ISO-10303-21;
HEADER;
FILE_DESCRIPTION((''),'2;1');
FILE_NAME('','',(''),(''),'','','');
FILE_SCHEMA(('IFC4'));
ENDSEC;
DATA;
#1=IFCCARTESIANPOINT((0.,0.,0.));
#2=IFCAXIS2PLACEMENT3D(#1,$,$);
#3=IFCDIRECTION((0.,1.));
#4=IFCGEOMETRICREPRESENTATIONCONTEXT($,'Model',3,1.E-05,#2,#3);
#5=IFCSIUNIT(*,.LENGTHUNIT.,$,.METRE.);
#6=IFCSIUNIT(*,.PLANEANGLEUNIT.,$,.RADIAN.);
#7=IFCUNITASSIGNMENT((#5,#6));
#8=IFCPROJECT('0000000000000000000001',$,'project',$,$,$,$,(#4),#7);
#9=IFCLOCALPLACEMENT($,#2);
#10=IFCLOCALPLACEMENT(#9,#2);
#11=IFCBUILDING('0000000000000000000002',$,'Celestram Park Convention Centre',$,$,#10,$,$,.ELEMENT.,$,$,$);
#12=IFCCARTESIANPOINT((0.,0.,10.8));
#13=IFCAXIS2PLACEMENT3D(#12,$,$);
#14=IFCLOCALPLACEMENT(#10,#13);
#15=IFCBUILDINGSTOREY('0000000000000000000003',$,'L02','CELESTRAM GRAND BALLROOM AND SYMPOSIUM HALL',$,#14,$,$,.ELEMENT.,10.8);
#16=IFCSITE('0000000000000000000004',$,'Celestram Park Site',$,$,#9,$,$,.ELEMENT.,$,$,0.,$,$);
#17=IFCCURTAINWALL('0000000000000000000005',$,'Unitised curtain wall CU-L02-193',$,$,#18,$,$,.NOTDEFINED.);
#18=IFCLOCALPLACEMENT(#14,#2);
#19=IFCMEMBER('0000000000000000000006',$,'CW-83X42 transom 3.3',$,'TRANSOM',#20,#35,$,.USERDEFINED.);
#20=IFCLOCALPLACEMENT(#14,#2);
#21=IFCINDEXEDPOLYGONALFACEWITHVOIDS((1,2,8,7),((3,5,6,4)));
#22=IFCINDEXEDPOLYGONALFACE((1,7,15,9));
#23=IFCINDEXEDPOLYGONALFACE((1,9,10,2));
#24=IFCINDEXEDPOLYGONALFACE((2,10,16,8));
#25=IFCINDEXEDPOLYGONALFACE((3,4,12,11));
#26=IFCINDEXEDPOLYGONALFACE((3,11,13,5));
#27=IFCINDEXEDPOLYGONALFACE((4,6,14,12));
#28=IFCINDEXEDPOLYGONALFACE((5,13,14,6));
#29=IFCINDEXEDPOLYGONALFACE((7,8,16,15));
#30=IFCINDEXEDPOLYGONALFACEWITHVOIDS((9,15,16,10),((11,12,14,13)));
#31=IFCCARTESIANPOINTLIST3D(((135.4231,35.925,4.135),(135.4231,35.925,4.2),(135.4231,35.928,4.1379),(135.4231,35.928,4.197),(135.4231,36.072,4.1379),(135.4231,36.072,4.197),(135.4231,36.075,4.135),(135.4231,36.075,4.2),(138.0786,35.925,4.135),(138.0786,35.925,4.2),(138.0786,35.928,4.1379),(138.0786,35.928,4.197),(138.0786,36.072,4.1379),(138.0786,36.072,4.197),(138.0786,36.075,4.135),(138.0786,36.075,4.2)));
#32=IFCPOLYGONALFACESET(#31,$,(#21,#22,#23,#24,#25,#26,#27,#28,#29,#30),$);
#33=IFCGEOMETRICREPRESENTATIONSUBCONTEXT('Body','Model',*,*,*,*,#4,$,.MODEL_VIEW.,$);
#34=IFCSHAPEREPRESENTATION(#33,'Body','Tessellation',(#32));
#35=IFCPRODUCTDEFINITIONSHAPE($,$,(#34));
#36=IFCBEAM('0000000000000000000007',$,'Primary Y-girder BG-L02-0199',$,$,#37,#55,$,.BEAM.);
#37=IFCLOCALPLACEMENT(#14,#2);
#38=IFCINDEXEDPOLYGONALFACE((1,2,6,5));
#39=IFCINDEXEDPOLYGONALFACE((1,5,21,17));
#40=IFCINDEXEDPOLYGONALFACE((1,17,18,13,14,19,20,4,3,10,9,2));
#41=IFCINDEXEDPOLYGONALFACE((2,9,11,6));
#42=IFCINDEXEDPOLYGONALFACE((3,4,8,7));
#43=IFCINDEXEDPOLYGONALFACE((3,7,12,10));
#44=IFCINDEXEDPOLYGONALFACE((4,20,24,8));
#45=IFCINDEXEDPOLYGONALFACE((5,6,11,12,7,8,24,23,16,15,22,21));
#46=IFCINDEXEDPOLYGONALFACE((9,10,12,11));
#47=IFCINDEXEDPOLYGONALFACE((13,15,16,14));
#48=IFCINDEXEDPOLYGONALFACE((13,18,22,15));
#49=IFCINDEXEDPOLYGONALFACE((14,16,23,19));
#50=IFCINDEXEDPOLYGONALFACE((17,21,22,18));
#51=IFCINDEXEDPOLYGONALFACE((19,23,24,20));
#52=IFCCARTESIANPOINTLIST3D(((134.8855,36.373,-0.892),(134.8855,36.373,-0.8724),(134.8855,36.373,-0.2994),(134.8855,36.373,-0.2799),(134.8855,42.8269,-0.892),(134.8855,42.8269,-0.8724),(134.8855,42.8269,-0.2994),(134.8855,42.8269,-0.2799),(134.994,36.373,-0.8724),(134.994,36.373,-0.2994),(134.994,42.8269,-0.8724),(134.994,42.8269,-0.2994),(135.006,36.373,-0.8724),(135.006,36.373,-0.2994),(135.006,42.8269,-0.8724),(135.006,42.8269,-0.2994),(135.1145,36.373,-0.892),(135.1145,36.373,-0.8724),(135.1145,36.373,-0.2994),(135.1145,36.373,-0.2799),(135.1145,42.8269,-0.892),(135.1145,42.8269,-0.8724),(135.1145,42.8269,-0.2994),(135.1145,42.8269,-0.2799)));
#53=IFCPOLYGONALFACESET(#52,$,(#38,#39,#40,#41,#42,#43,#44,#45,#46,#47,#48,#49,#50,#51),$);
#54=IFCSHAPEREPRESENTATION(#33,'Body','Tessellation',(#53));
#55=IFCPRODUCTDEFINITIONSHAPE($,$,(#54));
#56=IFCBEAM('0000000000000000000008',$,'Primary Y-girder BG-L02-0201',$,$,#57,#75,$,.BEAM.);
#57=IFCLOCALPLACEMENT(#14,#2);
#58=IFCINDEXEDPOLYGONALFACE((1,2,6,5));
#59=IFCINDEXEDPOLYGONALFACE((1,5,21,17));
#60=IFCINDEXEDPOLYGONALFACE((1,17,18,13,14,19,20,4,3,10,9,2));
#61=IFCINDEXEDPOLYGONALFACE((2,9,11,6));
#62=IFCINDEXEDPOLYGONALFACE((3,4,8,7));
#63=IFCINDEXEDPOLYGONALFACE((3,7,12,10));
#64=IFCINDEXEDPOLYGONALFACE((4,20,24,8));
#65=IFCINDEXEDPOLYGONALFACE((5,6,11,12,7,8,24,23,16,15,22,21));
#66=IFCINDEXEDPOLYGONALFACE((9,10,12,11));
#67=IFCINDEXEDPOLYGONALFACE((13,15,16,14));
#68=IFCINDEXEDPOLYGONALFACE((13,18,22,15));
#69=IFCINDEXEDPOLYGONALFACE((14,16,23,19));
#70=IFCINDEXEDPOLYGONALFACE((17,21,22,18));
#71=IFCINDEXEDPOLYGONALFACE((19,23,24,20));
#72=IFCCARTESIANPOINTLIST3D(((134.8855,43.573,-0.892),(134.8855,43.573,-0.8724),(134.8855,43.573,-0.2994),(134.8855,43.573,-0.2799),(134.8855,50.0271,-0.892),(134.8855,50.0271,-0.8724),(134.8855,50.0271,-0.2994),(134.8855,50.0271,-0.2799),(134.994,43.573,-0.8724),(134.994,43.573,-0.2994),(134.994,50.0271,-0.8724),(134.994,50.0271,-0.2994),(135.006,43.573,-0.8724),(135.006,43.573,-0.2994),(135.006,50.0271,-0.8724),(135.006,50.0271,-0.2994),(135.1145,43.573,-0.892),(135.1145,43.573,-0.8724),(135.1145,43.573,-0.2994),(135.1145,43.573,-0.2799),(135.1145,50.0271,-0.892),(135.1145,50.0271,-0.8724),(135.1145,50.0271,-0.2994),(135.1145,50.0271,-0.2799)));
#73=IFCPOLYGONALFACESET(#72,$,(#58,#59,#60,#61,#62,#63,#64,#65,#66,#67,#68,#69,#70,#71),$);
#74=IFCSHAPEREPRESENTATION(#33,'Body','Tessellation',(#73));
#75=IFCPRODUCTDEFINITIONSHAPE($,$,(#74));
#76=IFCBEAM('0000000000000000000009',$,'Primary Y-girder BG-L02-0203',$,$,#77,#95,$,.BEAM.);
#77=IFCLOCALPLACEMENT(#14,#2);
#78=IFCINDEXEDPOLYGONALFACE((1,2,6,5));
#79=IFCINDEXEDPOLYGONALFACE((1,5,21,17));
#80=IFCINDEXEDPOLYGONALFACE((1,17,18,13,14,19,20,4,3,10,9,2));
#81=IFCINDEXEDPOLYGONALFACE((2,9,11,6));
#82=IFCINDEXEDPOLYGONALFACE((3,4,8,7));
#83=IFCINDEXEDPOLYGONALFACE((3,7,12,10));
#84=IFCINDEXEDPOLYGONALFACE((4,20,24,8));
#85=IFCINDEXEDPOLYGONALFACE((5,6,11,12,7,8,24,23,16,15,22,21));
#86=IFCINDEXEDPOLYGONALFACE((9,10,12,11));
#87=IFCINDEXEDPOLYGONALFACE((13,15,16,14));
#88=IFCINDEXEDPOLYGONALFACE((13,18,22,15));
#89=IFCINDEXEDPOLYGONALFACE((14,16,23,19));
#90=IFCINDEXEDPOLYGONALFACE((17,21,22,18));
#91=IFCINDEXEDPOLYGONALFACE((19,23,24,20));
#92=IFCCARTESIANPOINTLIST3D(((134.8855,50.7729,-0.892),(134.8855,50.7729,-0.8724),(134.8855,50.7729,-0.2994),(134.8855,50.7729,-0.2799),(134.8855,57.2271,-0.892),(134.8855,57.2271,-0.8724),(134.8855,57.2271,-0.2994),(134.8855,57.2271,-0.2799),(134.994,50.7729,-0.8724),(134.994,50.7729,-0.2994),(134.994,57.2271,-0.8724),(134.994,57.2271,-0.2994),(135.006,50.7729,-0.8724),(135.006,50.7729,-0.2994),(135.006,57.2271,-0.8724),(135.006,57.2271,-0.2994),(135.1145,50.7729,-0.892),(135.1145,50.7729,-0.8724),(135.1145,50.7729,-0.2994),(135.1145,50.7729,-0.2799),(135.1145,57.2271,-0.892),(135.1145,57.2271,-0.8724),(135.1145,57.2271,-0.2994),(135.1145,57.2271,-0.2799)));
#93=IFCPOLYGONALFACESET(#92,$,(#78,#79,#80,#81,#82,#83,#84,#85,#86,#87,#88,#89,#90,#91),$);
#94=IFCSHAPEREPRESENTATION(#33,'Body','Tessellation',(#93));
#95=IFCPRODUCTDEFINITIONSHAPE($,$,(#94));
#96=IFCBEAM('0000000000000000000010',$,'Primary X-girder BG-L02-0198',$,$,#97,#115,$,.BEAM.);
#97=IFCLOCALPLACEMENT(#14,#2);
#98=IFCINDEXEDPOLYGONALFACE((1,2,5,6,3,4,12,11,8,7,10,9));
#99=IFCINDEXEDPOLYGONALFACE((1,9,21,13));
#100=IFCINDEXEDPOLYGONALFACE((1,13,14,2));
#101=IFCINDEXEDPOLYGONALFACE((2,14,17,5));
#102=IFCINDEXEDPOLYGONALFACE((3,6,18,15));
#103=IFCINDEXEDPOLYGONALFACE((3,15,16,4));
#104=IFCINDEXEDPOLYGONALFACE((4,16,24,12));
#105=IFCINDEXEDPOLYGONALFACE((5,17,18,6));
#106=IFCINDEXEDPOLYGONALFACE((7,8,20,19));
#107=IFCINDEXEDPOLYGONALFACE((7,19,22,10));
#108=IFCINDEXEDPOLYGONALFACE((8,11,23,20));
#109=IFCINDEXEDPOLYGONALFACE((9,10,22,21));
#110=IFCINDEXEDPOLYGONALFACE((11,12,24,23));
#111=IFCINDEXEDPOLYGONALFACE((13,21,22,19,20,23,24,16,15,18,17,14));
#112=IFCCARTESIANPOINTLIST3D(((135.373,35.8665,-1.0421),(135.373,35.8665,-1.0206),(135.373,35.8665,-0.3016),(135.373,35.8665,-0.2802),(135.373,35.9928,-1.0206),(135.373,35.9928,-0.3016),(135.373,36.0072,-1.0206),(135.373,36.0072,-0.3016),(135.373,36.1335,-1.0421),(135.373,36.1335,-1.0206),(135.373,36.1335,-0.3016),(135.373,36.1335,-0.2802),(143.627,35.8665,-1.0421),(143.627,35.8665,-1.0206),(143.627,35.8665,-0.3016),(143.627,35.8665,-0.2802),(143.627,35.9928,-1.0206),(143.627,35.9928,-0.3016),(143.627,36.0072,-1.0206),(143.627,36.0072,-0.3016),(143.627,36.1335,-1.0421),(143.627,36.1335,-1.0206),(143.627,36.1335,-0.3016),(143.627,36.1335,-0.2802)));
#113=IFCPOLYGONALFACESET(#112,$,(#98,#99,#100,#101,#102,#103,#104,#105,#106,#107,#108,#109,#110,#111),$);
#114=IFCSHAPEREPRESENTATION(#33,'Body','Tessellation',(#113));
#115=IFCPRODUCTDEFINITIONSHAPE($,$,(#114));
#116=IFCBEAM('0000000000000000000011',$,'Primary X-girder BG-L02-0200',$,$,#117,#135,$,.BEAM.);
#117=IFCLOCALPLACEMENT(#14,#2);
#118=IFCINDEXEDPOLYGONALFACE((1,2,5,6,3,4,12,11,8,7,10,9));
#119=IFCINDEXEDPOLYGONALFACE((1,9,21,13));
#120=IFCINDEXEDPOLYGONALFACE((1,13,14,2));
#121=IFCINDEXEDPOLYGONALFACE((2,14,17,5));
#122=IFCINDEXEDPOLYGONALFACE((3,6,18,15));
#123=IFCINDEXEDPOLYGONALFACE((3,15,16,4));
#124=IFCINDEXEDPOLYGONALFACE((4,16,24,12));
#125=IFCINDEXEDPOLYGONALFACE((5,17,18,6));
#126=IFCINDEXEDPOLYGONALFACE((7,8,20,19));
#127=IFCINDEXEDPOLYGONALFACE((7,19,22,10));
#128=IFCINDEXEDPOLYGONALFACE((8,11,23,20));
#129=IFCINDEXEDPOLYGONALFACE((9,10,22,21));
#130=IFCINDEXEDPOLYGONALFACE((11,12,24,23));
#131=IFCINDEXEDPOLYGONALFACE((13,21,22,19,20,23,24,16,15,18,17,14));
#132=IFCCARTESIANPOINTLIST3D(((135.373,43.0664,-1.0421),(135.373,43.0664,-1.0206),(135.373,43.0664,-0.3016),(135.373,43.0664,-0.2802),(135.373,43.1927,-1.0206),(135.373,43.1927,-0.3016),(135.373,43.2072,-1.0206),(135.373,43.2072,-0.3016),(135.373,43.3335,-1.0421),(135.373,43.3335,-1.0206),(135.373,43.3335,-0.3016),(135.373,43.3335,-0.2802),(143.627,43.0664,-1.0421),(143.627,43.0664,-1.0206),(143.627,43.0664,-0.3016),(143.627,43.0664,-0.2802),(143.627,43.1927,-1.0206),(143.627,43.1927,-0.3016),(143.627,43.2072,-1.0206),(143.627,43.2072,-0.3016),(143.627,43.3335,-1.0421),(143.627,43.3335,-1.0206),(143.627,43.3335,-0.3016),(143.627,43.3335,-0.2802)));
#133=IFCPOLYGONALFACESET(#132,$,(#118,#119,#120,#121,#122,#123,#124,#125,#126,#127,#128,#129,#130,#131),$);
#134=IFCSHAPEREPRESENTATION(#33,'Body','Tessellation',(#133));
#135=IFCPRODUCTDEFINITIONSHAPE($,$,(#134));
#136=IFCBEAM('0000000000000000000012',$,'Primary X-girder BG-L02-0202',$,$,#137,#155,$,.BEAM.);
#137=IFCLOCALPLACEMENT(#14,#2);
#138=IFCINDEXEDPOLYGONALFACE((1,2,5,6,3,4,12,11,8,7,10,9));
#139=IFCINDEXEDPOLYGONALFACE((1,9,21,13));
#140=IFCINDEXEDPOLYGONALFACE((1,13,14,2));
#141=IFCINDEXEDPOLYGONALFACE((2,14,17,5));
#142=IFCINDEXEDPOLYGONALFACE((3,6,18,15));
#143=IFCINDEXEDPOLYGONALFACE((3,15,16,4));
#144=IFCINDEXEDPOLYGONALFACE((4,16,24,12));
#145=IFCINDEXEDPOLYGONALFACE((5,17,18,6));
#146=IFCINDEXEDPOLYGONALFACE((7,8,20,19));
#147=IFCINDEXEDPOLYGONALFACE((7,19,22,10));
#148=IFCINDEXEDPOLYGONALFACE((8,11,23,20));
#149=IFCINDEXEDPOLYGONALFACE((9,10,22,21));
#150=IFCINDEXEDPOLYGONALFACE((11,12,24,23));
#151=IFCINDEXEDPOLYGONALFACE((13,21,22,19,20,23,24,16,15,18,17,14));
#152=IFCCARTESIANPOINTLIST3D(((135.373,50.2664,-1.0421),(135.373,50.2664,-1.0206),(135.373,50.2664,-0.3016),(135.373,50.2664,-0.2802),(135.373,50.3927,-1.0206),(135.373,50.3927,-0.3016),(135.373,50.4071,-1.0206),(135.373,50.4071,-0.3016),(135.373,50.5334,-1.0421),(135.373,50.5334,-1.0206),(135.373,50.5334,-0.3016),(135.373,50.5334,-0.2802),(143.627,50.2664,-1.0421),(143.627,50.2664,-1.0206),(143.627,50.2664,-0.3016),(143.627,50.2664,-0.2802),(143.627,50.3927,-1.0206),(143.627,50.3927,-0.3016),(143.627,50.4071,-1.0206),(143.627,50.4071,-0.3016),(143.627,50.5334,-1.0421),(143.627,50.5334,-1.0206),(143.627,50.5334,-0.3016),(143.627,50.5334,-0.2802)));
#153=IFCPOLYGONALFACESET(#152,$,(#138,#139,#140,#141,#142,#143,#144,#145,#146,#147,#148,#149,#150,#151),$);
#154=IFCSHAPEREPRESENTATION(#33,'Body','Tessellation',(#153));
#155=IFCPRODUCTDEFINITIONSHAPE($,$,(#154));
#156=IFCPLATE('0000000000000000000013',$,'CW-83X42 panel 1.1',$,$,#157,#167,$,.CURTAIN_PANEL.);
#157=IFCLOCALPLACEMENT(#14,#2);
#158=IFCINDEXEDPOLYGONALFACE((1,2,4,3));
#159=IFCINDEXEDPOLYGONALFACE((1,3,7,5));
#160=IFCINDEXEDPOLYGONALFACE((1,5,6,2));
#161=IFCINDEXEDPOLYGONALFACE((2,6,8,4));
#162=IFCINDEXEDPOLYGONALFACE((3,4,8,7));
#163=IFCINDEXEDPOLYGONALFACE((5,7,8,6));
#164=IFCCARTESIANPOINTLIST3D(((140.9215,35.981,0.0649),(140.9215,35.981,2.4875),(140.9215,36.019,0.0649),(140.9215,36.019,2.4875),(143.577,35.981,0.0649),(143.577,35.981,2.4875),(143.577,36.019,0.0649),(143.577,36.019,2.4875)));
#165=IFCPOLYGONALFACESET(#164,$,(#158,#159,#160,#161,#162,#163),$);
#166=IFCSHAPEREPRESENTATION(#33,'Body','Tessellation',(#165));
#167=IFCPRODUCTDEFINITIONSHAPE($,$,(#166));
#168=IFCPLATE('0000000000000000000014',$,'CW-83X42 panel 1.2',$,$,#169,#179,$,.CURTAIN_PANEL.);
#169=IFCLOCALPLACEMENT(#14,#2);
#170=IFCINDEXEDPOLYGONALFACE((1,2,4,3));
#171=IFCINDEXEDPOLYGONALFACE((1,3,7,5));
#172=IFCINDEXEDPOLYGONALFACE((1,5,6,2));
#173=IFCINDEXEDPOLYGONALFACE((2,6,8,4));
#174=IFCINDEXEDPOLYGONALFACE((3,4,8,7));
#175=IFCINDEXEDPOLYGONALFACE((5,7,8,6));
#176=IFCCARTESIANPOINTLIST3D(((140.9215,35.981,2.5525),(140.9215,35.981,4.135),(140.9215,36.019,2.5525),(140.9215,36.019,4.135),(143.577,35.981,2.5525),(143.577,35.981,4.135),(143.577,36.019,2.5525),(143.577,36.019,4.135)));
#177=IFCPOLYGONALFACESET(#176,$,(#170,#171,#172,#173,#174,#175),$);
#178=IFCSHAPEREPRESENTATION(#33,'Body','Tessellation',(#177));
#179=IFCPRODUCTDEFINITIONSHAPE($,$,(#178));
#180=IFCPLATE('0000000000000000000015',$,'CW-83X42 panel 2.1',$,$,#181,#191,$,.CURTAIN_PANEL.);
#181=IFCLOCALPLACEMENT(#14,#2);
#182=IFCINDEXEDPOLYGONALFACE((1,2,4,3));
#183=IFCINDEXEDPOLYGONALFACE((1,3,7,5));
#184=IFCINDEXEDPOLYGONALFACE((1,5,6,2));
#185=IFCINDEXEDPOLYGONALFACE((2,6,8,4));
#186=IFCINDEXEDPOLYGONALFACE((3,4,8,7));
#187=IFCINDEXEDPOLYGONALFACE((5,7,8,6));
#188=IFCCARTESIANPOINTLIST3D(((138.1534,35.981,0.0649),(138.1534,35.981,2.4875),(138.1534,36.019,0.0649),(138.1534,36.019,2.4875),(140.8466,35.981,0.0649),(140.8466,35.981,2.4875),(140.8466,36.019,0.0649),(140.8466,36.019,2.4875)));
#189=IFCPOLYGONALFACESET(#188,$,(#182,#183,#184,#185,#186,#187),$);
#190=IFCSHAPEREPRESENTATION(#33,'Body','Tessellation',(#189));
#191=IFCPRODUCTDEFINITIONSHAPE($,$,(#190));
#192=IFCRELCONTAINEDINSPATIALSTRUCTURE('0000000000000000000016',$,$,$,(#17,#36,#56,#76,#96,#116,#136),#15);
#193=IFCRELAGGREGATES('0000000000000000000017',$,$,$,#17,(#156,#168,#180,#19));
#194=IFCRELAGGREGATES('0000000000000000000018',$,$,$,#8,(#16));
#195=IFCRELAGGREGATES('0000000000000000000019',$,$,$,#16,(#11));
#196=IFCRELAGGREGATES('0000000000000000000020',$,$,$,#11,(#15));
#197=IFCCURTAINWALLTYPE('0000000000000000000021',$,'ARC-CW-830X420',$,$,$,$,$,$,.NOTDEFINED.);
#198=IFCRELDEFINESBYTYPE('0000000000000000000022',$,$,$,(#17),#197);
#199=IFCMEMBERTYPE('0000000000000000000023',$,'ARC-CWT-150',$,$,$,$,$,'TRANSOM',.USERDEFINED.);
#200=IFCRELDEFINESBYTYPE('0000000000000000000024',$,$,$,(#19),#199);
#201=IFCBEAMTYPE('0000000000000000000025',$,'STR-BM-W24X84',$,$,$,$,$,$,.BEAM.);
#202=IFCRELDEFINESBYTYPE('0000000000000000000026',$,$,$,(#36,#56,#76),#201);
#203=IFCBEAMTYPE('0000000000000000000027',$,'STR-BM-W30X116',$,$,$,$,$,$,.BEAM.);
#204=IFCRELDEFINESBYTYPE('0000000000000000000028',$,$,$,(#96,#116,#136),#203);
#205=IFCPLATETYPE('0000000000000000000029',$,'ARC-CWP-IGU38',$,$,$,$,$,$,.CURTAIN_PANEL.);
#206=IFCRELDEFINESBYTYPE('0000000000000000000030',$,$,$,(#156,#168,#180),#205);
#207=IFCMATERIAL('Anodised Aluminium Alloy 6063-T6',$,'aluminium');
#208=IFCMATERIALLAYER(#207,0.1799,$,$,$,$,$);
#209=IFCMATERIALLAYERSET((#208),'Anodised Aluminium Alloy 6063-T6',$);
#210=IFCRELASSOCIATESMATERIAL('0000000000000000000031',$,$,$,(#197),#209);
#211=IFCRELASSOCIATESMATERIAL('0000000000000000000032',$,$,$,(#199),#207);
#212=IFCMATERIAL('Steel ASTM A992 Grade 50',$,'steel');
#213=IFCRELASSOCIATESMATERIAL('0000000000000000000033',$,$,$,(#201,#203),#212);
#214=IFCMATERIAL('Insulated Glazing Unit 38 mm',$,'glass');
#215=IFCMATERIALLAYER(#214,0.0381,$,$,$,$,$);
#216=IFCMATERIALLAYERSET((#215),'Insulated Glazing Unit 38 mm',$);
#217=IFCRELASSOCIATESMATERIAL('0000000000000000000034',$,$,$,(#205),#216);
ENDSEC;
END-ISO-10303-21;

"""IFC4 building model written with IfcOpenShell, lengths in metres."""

from ifc_helpers import new_model, si_unit, direction, frame, origin, origin_2d, place, context, subcontext, project, spatial, rectangle, hollow_rectangle, i_section, extrude, material, layer, layer_set, material_profile, profile_set, type_object, element, aggregate, save


model = new_model("IFC4")

# Units and contexts
model_context = context("Model", 3, precision=1e-05, world=origin(), true_north=direction((0.0, 1.0)))
body_context = subcontext(model_context, "Body", "Model", "MODEL_VIEW")
ifc_project = project(units=[si_unit("LENGTHUNIT", "METRE"), si_unit("PLANEANGLEUNIT", "RADIAN")], contexts=[model_context])

# Site, building, storey
site_placement = place(None, origin())
site = spatial("IfcSite", under=ifc_project, at=site_placement, Name="Celestram Park Site", CompositionType="ELEMENT", RefElevation=0.0)
building_placement = place(site_placement, origin())
building = spatial("IfcBuilding", under=site, at=building_placement, Name="Celestram Park Convention Centre", CompositionType="ELEMENT")
storey_placement = place(building_placement, frame((0.0, 0.0, 10.8)))
storey = spatial("IfcBuildingStorey", under=building, at=storey_placement, Name="L02", Description="CELESTRAM GRAND BALLROOM AND SYMPOSIUM HALL", CompositionType="ELEMENT", Elevation=10.8)

# Curtain wall
ifc_material_1 = material(Name="Anodised Aluminium Alloy 6063-T6", Category="aluminium")
ifc_layer_1 = layer(ifc_material_1, 0.1799)
ifc_layer_set_1 = layer_set([ifc_layer_1], Name="Anodised Aluminium Alloy 6063-T6")
curtain_wall_type_1 = type_object("IfcCurtainWallType", Name="ARC-CW-830X420", PredefinedType="NOTDEFINED", material=ifc_layer_set_1)
curtain_wall_1_placement = place(storey_placement, origin())
curtain_wall_1 = element("IfcCurtainWall", 1, at=curtain_wall_1_placement, inside=storey, type_object=curtain_wall_type_1, Name="Unitised curtain wall CU-L02-193", PredefinedType="NOTDEFINED")

# Member
ifc_material_profile_1 = material_profile(ifc_material_1, hollow_rectangle(XDim=0.1499, YDim=0.0649, WallThickness=0.0029, at=origin_2d()), Name="ALU150X65X3")
ifc_profile_set_1 = profile_set([ifc_material_profile_1], Name="Anodised Aluminium Alloy 6063-T6")
member_type_1 = type_object("IfcMemberType", Name="ARC-CWT-150", ElementType="TRANSOM", PredefinedType="USERDEFINED", material=ifc_profile_set_1)
member_1_placement = place(storey_placement, frame((138.0786, 36.0, 4.1675), z_axis=(-1.0, 0.0, 0.0), x_axis=(0.0, -1.0, 0.0)))
member_1 = element("IfcMember", 2, at=member_1_placement, type_object=member_type_1, Name="CW-83X42 transom 3.3", ObjectType="TRANSOM", PredefinedType="USERDEFINED", context=body_context, shape_type="SweptSolid", body=[
    extrude(hollow_rectangle(XDim=0.1499, YDim=0.0649, WallThickness=0.0029, at=origin_2d()), origin(), (0.0, 0.0, 1.0), 2.6555),
])

# Beams
ifc_material_2 = material(Name="Steel ASTM A992 Grade 50", Category="steel")
ifc_material_profile_2 = material_profile(ifc_material_2, i_section(OverallWidth=0.229, OverallDepth=0.6121, WebThickness=0.012, FlangeThickness=0.0195, at=origin_2d()), Name="W24X84")
ifc_profile_set_2 = profile_set([ifc_material_profile_2], Name="Steel ASTM A992 Grade 50")
beam_type_1 = type_object("IfcBeamType", Name="STR-BM-W24X84", PredefinedType="BEAM", material=ifc_profile_set_2)
beam_placement = place(storey_placement, frame((135.0, 36.373, -0.5859), z_axis=(0.0, 1.0, 0.0), x_axis=(-1.0, 0.0, 0.0)))
element("IfcBeam", 3, at=beam_placement, inside=storey, type_object=beam_type_1, Name="Primary Y-girder BG-L02-0199", PredefinedType="BEAM", context=body_context, shape_type="SweptSolid", body=[
    extrude(i_section(OverallWidth=0.229, OverallDepth=0.6121, WebThickness=0.012, FlangeThickness=0.0195, at=origin_2d()), origin(), (0.0, 0.0, 1.0), 6.4539),
])
for number, where, z_axis, x_axis, name in (
    (4, (135.0, 43.573, -0.5859), (0.0, 1.0, 0.0), (-1.0, 0.0, 0.0), "Primary Y-girder BG-L02-0201"),
    (5, (135.0, 50.7729, -0.5859), (0.0, 1.0, 0.0), (-1.0, 0.0, 0.0), "Primary Y-girder BG-L02-0203"),
):
    element("IfcBeam", number, at=place(storey_placement, frame(where, z_axis=z_axis, x_axis=x_axis)), inside=storey, type_object=beam_type_1, Name=name, PredefinedType="BEAM", context=body_context, shape_type="SweptSolid", body=[
        extrude(i_section(OverallWidth=0.229, OverallDepth=0.6121, WebThickness=0.012, FlangeThickness=0.0195, at=origin_2d()), origin(), (0.0, 0.0, 1.0), 6.4541),
    ])
ifc_material_profile_3 = material_profile(ifc_material_2, i_section(OverallWidth=0.2671, OverallDepth=0.762, WebThickness=0.0144, FlangeThickness=0.0215, at=origin_2d()), Name="W30X116")
ifc_profile_set_3 = profile_set([ifc_material_profile_3], Name="Steel ASTM A992 Grade 50")
beam_type_2 = type_object("IfcBeamType", Name="STR-BM-W30X116", PredefinedType="BEAM", material=ifc_profile_set_3)
for number, where, z_axis, x_axis, name in (
    (6, (135.373, 36.0, -0.6611), (1.0, 0.0, 0.0), (0.0, 1.0, 0.0), "Primary X-girder BG-L02-0198"),
    (7, (135.373, 43.2, -0.6611), (1.0, 0.0, 0.0), (0.0, 1.0, 0.0), "Primary X-girder BG-L02-0200"),
    (8, (135.373, 50.3999, -0.6611), (1.0, 0.0, 0.0), (0.0, 1.0, 0.0), "Primary X-girder BG-L02-0202"),
):
    element("IfcBeam", number, at=place(storey_placement, frame(where, z_axis=z_axis, x_axis=x_axis)), inside=storey, type_object=beam_type_2, Name=name, PredefinedType="BEAM", context=body_context, shape_type="SweptSolid", body=[
        extrude(i_section(OverallWidth=0.2671, OverallDepth=0.762, WebThickness=0.0144, FlangeThickness=0.0215, at=origin_2d()), origin(), (0.0, 0.0, 1.0), 8.2539),
    ])

# Plates
ifc_material_3 = material(Name="Insulated Glazing Unit 38 mm", Category="glass")
ifc_layer_2 = layer(ifc_material_3, 0.0381)
ifc_layer_set_2 = layer_set([ifc_layer_2], Name="Insulated Glazing Unit 38 mm")
plate_type = type_object("IfcPlateType", Name="ARC-CWP-IGU38", PredefinedType="CURTAIN_PANEL", material=ifc_layer_set_2)
plate_1_placement = place(storey_placement, frame((142.2493, 36.0, 0.0649), z_axis=(0.0, 0.0, 1.0), x_axis=(-1.0, 0.0, 0.0)))
plate_1 = element("IfcPlate", 9, at=plate_1_placement, type_object=plate_type, Name="CW-83X42 panel 1.1", PredefinedType="CURTAIN_PANEL", context=body_context, shape_type="SweptSolid", body=[
    extrude(rectangle(XDim=2.6555, YDim=0.0381, at=origin_2d()), origin(), (0.0, 0.0, 1.0), 2.4226),
])
plate_2_placement = place(storey_placement, frame((142.2493, 36.0, 2.5525), z_axis=(0.0, 0.0, 1.0), x_axis=(-1.0, 0.0, 0.0)))
plate_2 = element("IfcPlate", 10, at=plate_2_placement, type_object=plate_type, Name="CW-83X42 panel 1.2", PredefinedType="CURTAIN_PANEL", context=body_context, shape_type="SweptSolid", body=[
    extrude(rectangle(XDim=2.6555, YDim=0.0381, at=origin_2d()), origin(), (0.0, 0.0, 1.0), 1.5825),
])
plate_3_placement = place(storey_placement, frame((139.5, 36.0, 0.0649), z_axis=(0.0, 0.0, 1.0), x_axis=(-1.0, 0.0, 0.0)))
plate_3 = element("IfcPlate", 11, at=plate_3_placement, type_object=plate_type, Name="CW-83X42 panel 2.1", PredefinedType="CURTAIN_PANEL", context=body_context, shape_type="SweptSolid", body=[
    extrude(rectangle(XDim=2.6931, YDim=0.0381, at=origin_2d()), origin(), (0.0, 0.0, 1.0), 2.4226),
])
aggregate(curtain_wall_1, [plate_1, plate_2, plate_3, member_1])

save(model, "model.ifc")
